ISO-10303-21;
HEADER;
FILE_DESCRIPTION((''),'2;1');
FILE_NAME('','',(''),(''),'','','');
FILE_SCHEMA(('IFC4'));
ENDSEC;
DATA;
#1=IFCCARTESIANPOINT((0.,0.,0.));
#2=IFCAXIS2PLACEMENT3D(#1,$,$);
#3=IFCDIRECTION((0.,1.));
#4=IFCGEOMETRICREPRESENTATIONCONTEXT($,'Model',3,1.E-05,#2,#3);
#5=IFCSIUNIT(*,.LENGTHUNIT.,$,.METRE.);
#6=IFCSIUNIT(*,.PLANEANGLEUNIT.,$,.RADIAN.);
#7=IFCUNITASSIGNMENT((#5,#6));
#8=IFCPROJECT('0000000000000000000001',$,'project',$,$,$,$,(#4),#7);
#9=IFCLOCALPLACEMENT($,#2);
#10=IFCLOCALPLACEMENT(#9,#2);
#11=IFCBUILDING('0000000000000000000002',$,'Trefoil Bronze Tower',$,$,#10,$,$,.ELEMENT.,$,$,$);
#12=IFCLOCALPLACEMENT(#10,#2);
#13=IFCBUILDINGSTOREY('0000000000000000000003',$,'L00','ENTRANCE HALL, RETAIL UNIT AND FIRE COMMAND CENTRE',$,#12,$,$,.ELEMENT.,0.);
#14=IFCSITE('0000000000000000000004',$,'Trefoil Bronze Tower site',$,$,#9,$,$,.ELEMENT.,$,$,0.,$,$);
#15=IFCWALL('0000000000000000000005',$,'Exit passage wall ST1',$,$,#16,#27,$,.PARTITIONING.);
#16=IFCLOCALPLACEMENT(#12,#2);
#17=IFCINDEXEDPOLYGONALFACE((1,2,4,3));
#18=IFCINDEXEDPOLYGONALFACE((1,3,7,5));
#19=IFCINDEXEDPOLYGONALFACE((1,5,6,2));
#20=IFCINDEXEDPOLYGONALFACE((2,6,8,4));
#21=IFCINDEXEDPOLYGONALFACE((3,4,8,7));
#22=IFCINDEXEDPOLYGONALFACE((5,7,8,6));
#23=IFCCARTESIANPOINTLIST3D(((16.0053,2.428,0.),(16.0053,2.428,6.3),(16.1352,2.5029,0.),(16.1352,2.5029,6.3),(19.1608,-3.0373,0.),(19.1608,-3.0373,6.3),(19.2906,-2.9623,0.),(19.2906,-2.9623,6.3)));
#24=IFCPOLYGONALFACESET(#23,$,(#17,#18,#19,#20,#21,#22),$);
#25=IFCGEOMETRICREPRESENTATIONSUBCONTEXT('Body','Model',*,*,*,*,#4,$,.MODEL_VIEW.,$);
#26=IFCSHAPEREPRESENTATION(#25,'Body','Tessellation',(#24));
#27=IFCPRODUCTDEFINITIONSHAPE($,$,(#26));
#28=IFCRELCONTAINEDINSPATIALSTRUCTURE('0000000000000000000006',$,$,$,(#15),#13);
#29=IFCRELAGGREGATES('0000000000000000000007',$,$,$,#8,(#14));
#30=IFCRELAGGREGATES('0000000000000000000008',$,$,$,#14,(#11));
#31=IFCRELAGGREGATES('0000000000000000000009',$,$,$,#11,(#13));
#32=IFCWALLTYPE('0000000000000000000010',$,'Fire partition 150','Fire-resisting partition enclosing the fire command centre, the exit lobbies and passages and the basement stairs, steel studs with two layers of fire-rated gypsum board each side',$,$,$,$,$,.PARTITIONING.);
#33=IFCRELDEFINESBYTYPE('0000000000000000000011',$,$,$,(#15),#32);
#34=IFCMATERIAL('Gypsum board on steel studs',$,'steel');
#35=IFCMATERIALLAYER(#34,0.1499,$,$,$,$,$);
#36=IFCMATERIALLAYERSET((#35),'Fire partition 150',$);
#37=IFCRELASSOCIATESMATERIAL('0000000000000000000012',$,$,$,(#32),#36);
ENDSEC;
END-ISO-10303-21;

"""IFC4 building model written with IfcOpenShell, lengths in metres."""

from ifc_helpers import new_model, si_unit, direction, frame, frame_2d, origin, place, context, subcontext, project, spatial, rectangle, extrude, material, layer, layer_set, type_object, element, save


model = new_model("IFC4")

# Units and contexts
model_context = context("Model", 3, precision=1e-05, world=origin(), true_north=direction((0.0, 1.0)))
body_context = subcontext(model_context, "Body", "Model", "MODEL_VIEW")
ifc_project = project(units=[si_unit("LENGTHUNIT", "METRE"), si_unit("PLANEANGLEUNIT", "RADIAN")], contexts=[model_context])

# Site, building, storey
site_placement = place(None, origin())
site = spatial("IfcSite", under=ifc_project, at=site_placement, Name="Trefoil Bronze Tower site", CompositionType="ELEMENT", RefElevation=0.0)
building_placement = place(site_placement, origin())
building = spatial("IfcBuilding", under=site, at=building_placement, Name="Trefoil Bronze Tower", CompositionType="ELEMENT")
storey_placement = place(building_placement, origin())
storey = spatial("IfcBuildingStorey", under=building, at=storey_placement, Name="L00", Description="ENTRANCE HALL, RETAIL UNIT AND FIRE COMMAND CENTRE", CompositionType="ELEMENT", Elevation=0.0)

# Wall
ifc_material_1 = material(Name="Gypsum board on steel studs", Category="steel")
ifc_layer_1 = layer(ifc_material_1, 0.1499)
ifc_layer_set_1 = layer_set([ifc_layer_1], Name="Fire partition 150")
wall_type_1 = type_object("IfcWallType", Name="Fire partition 150", Description="Fire-resisting partition enclosing the fire command centre, the exit lobbies and passages and the basement stairs, steel studs with two layers of fire-rated gypsum board each side", PredefinedType="PARTITIONING", material=ifc_layer_set_1)
wall_1_placement = place(storey_placement, frame((16.0703, 2.4653, 0.0), z_axis=(0.0, 0.0, 1.0), x_axis=(0.500013, -0.866018, 0.0)))
element("IfcWall", 1, at=wall_1_placement, inside=storey, type_object=wall_type_1, Name="Exit passage wall ST1", PredefinedType="PARTITIONING", context=body_context, shape_type="SweptSolid", body=[
    extrude(rectangle(XDim=6.3108, YDim=0.1499, at=frame_2d((3.1553, 0.0))), origin(), (0.0, 0.0, 1.0), 6.3),
])

save(model, "model.ifc")
